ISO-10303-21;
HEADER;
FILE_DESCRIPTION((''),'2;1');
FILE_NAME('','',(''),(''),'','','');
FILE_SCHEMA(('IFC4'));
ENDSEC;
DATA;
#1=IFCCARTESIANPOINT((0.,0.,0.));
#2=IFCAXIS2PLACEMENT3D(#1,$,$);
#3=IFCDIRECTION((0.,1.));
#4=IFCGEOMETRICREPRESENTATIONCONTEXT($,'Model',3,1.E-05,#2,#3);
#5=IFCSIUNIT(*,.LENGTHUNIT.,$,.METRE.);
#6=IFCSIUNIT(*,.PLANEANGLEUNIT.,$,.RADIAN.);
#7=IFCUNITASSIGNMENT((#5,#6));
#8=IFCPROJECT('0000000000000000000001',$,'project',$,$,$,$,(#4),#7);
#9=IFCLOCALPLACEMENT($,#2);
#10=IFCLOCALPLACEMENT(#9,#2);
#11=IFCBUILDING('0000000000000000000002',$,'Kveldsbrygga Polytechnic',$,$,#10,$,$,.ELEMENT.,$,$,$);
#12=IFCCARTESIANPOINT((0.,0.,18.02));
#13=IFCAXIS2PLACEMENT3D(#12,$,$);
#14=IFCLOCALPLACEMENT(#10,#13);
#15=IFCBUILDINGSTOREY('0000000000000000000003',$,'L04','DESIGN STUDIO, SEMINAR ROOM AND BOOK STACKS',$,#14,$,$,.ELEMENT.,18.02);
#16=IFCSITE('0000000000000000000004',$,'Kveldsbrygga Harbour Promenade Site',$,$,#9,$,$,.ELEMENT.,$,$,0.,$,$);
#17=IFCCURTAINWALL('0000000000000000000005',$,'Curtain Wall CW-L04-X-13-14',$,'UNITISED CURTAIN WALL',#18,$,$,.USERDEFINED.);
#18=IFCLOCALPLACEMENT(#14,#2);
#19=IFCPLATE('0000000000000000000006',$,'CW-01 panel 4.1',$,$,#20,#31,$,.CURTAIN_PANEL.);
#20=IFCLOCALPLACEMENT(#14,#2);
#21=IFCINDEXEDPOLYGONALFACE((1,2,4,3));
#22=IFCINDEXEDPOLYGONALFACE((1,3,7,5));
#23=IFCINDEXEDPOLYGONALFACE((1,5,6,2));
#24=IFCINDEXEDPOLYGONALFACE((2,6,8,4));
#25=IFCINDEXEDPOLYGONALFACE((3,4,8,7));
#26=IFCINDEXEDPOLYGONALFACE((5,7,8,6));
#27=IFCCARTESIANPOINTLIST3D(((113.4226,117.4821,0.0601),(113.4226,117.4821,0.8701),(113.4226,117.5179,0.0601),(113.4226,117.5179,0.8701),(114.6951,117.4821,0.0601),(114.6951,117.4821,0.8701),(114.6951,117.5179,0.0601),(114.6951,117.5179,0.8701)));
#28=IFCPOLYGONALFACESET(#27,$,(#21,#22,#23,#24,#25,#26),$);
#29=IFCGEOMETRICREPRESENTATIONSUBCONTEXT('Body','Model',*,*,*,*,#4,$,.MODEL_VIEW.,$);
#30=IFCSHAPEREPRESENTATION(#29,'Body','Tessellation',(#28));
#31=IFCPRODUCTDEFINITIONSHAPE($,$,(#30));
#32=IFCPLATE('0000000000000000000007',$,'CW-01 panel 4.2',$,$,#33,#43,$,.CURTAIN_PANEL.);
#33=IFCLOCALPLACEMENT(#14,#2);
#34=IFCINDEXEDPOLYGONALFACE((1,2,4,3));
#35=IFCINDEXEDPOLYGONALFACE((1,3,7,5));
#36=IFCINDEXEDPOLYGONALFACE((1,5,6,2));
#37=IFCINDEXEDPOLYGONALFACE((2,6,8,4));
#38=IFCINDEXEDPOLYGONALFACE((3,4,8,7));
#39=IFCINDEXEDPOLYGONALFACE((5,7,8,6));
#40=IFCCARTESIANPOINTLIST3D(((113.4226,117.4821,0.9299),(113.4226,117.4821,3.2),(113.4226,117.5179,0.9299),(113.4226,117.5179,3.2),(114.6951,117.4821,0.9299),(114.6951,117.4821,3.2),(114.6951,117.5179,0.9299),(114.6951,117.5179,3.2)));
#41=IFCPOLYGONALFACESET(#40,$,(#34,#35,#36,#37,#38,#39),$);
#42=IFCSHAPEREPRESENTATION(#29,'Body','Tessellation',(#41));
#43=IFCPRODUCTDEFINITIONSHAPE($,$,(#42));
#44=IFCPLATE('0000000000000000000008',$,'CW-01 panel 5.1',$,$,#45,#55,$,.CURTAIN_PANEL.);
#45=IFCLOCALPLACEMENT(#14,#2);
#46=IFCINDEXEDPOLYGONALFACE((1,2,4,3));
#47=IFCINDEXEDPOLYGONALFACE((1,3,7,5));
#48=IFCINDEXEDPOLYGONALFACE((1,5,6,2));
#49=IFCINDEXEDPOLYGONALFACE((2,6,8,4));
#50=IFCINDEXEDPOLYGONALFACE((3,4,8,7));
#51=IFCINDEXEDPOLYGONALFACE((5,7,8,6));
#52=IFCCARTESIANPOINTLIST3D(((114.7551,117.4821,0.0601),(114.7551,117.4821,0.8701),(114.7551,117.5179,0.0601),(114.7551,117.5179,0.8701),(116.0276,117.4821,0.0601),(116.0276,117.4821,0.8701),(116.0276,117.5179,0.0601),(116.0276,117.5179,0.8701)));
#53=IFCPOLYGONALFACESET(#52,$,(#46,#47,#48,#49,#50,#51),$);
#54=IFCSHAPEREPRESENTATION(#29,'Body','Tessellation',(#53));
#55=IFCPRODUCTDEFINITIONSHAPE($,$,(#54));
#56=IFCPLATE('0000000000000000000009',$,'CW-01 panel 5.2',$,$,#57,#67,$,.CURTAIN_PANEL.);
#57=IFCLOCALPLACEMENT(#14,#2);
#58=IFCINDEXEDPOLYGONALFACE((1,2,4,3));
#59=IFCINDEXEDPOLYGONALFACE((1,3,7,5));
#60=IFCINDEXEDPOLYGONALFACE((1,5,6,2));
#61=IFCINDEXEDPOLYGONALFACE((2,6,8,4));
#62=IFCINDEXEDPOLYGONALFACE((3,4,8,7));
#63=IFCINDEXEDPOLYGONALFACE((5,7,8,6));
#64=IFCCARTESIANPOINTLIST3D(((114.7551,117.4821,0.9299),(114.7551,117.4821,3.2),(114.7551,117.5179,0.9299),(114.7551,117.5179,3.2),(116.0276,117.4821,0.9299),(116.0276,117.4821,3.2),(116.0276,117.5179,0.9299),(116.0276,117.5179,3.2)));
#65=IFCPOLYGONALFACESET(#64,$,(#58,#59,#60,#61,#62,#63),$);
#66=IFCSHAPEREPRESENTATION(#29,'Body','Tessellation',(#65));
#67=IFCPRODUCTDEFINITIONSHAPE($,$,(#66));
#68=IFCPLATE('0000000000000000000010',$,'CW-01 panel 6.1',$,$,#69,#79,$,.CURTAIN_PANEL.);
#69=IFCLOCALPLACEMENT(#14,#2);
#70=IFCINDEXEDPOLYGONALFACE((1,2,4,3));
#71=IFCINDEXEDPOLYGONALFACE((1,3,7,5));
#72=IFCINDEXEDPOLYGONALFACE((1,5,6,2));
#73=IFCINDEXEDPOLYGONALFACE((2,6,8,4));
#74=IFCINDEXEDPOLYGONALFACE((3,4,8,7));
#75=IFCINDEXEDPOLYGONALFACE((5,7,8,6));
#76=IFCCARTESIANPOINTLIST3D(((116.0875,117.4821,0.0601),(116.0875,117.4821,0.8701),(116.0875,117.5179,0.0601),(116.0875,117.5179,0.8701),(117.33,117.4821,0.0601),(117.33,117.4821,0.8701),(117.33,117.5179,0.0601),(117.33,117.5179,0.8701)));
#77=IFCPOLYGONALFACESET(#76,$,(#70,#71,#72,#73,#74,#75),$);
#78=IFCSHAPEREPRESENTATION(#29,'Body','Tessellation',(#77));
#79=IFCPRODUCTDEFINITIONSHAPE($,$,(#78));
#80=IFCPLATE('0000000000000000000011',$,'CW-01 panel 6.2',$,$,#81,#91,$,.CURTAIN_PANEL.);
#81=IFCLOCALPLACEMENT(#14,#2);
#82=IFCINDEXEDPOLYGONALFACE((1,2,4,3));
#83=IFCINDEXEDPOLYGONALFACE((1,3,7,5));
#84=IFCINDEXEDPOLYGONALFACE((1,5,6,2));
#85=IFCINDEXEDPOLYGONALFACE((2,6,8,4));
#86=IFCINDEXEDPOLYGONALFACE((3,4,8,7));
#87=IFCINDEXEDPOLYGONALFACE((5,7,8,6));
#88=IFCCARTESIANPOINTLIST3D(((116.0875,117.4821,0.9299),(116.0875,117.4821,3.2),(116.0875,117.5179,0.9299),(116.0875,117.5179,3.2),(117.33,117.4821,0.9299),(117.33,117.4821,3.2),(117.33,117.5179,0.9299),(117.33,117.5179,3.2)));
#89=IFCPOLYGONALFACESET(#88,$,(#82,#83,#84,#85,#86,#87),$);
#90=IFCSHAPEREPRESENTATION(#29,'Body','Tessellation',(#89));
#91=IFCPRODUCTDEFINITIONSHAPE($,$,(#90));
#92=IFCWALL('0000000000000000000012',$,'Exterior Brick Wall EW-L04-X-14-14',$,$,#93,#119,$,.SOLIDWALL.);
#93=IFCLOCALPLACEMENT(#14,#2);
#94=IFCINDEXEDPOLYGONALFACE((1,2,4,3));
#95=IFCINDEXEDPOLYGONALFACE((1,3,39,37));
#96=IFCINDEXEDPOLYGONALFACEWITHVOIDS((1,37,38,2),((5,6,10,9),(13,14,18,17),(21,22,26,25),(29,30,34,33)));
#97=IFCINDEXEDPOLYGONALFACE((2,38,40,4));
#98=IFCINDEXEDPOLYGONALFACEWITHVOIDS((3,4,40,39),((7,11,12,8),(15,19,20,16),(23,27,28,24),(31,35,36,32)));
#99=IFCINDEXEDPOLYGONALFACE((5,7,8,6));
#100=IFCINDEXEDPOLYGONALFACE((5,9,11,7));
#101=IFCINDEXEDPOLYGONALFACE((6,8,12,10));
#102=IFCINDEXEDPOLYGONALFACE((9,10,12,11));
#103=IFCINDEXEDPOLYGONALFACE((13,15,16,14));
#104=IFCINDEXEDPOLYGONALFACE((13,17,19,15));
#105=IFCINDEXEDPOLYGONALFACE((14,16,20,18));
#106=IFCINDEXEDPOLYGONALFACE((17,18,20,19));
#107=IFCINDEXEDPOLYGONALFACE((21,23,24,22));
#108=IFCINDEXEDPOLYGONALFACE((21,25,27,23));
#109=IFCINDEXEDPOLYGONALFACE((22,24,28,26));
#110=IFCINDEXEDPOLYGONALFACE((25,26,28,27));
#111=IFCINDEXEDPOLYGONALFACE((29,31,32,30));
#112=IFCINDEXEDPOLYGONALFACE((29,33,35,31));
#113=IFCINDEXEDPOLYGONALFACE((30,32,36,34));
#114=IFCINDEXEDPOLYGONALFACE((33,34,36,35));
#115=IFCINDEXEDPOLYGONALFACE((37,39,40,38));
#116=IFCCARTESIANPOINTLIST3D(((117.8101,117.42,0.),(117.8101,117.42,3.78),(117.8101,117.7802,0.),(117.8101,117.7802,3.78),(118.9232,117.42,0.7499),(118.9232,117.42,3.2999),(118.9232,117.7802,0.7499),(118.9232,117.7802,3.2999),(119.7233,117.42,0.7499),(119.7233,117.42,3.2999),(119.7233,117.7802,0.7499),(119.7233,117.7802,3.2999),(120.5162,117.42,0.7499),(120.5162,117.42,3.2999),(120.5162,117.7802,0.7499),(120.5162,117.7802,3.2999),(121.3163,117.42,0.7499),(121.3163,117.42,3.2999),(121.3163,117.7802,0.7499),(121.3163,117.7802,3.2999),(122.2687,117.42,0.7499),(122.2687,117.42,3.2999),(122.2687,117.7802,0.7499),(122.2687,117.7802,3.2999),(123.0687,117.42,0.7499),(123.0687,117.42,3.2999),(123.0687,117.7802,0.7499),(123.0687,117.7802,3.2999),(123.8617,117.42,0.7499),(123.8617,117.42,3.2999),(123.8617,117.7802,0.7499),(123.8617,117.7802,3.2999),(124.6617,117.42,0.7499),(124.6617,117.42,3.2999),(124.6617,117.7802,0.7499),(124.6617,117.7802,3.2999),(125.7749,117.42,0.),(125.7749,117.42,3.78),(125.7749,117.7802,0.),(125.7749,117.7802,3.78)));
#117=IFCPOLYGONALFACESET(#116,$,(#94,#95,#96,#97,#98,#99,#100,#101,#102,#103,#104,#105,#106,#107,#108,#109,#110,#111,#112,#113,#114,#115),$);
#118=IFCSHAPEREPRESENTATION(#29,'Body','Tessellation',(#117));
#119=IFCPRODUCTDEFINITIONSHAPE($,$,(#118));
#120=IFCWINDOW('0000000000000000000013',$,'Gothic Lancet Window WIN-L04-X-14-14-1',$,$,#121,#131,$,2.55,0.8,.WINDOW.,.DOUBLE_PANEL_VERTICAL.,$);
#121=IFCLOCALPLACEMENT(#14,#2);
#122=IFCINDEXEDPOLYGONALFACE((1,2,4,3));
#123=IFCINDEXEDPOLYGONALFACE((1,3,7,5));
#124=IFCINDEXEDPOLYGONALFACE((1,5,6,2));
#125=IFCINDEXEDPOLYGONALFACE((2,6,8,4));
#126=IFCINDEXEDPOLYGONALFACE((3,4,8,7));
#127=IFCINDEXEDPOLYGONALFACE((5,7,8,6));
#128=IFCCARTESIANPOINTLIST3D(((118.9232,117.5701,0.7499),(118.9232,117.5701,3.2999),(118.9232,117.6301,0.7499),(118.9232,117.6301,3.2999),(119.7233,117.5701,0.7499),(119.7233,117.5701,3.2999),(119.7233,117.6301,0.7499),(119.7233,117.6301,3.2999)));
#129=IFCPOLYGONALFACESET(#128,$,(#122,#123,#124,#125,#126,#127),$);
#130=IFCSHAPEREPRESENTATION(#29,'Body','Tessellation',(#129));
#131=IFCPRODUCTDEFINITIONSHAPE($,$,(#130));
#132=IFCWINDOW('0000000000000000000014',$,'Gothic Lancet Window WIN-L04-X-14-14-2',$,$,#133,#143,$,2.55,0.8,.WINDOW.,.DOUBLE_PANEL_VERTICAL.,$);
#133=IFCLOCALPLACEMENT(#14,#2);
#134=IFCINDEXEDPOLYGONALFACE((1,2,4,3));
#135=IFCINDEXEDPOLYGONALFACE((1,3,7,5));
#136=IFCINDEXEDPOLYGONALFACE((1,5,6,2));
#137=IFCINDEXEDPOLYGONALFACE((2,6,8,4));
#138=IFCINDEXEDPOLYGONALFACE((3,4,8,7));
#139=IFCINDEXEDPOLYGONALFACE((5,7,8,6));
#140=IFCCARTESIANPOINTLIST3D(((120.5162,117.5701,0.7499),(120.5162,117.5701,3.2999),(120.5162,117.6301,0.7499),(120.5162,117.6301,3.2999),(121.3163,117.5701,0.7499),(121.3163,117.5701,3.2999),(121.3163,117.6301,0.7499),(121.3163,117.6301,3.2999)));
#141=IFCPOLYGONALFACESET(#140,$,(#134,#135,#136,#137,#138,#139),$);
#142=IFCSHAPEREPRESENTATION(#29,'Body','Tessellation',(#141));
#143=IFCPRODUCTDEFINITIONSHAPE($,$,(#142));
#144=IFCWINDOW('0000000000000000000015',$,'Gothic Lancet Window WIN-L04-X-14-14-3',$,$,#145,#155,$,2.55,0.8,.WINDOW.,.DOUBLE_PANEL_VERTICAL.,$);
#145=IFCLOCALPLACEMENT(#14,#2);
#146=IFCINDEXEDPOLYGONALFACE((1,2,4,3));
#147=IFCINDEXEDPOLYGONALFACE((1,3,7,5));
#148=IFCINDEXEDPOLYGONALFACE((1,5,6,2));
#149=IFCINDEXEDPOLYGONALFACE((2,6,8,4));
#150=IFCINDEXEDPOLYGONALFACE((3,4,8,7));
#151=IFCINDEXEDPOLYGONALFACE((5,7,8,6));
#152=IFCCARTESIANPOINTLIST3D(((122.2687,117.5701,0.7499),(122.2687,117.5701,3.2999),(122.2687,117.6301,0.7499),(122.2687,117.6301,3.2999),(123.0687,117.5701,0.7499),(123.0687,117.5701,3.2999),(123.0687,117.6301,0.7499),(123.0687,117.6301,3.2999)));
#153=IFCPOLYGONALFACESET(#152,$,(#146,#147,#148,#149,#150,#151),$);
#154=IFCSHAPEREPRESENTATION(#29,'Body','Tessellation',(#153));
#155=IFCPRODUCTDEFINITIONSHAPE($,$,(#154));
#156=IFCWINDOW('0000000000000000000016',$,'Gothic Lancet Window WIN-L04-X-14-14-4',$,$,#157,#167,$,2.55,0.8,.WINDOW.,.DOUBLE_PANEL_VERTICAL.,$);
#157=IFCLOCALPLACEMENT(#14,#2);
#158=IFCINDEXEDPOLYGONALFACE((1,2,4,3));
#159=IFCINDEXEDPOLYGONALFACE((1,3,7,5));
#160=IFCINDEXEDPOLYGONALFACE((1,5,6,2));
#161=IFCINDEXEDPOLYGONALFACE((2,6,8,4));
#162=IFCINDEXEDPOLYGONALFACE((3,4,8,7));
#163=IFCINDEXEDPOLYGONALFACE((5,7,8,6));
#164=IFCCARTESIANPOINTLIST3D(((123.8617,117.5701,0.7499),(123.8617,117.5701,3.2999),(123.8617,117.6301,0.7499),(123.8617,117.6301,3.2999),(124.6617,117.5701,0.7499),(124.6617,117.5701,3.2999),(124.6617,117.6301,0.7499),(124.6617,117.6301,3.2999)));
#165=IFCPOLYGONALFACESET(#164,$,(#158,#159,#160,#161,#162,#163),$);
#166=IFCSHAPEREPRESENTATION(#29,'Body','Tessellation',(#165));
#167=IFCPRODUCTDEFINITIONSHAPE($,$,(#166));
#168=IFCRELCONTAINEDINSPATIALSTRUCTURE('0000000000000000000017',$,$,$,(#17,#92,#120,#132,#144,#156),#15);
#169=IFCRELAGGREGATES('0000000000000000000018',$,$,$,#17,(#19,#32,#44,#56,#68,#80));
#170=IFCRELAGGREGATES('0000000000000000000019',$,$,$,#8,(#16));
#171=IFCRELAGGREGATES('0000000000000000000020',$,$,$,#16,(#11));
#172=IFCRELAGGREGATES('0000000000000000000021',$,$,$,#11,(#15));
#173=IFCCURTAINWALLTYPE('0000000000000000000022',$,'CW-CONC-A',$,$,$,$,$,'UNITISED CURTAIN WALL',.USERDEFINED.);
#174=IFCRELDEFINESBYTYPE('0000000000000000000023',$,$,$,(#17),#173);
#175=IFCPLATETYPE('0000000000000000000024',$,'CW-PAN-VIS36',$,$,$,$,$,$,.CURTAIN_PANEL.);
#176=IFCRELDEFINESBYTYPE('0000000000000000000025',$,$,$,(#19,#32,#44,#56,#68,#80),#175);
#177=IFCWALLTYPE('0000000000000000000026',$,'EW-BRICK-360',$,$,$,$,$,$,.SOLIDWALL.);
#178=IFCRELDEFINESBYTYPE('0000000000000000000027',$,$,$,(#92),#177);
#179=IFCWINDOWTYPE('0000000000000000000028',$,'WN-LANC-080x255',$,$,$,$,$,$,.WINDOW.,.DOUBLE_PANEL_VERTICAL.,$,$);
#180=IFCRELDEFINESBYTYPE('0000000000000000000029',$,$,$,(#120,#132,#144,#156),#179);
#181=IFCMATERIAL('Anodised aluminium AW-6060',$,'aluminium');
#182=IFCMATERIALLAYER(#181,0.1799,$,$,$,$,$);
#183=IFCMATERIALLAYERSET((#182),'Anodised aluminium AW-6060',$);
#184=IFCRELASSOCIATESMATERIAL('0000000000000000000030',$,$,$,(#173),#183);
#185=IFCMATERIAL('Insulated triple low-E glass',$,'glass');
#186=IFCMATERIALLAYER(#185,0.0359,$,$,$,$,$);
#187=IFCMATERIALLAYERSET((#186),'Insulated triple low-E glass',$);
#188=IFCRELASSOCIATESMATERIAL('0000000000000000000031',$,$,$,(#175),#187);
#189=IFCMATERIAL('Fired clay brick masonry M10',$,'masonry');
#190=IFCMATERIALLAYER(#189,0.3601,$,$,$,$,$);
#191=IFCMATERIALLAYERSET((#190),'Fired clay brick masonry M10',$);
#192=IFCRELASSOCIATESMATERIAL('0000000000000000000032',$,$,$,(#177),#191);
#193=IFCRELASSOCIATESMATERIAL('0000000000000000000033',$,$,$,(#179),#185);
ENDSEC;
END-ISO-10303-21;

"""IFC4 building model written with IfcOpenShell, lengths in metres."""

from ifc_helpers import new_model, si_unit, direction, frame, frame_2d, origin, origin_2d, place, context, subcontext, project, spatial, rectangle, extrude, material, layer, layer_set, type_object, element, fill, aggregate, save


model = new_model("IFC4")

# Units and contexts
model_context = context("Model", 3, precision=1e-05, world=origin(), true_north=direction((0.0, 1.0)))
body_context = subcontext(model_context, "Body", "Model", "MODEL_VIEW")
ifc_project = project(units=[si_unit("LENGTHUNIT", "METRE"), si_unit("PLANEANGLEUNIT", "RADIAN")], contexts=[model_context])

# Site, building, storey
site_placement = place(None, origin())
site = spatial("IfcSite", under=ifc_project, at=site_placement, Name="Kveldsbrygga Harbour Promenade Site", CompositionType="ELEMENT", RefElevation=0.0)
building_placement = place(site_placement, origin())
building = spatial("IfcBuilding", under=site, at=building_placement, Name="Kveldsbrygga Polytechnic", CompositionType="ELEMENT")
storey_placement = place(building_placement, frame((0.0, 0.0, 18.02)))
storey = spatial("IfcBuildingStorey", under=building, at=storey_placement, Name="L04", Description="DESIGN STUDIO, SEMINAR ROOM AND BOOK STACKS", CompositionType="ELEMENT", Elevation=18.02)

# Curtain wall, plates
ifc_material_1 = material(Name="Anodised aluminium AW-6060", Category="aluminium")
ifc_layer_1 = layer(ifc_material_1, 0.1799)
ifc_layer_set_1 = layer_set([ifc_layer_1], Name="Anodised aluminium AW-6060")
curtain_wall_type = type_object("IfcCurtainWallType", Name="CW-CONC-A", ElementType="UNITISED CURTAIN WALL", PredefinedType="USERDEFINED", material=ifc_layer_set_1)
curtain_wall_placement = place(storey_placement, origin())
curtain_wall = element("IfcCurtainWall", 1, at=curtain_wall_placement, inside=storey, type_object=curtain_wall_type, Name="Curtain Wall CW-L04-X-13-14", ObjectType="UNITISED CURTAIN WALL", PredefinedType="USERDEFINED")
ifc_material_2 = material(Name="Insulated triple low-E glass", Category="glass")
ifc_layer_2 = layer(ifc_material_2, 0.0359)
ifc_layer_set_2 = layer_set([ifc_layer_2], Name="Insulated triple low-E glass")
plate_type = type_object("IfcPlateType", Name="CW-PAN-VIS36", PredefinedType="CURTAIN_PANEL", material=ifc_layer_set_2)
plate_1_placement = place(storey_placement, frame((114.0588, 117.5, 0.0601), z_axis=(0.0, 0.0, 1.0), x_axis=(1.0, 0.0, 0.0)))
plate_1 = element("IfcPlate", 2, at=plate_1_placement, type_object=plate_type, Name="CW-01 panel 4.1", PredefinedType="CURTAIN_PANEL", context=body_context, shape_type="SweptSolid", body=[
    extrude(rectangle(XDim=1.2725, YDim=0.0359, at=origin_2d()), origin(), (0.0, 0.0, 1.0), 0.8101),
])
plate_2_placement = place(storey_placement, frame((114.0588, 117.5, 0.9299), z_axis=(0.0, 0.0, 1.0), x_axis=(1.0, 0.0, 0.0)))
plate_2 = element("IfcPlate", 3, at=plate_2_placement, type_object=plate_type, Name="CW-01 panel 4.2", PredefinedType="CURTAIN_PANEL", context=body_context, shape_type="SweptSolid", body=[
    extrude(rectangle(XDim=1.2725, YDim=0.0359, at=origin_2d()), origin(), (0.0, 0.0, 1.0), 2.27),
])
plate_3_placement = place(storey_placement, frame((115.3914, 117.5, 0.0601), z_axis=(0.0, 0.0, 1.0), x_axis=(1.0, 0.0, 0.0)))
plate_3 = element("IfcPlate", 4, at=plate_3_placement, type_object=plate_type, Name="CW-01 panel 5.1", PredefinedType="CURTAIN_PANEL", context=body_context, shape_type="SweptSolid", body=[
    extrude(rectangle(XDim=1.2725, YDim=0.0359, at=origin_2d()), origin(), (0.0, 0.0, 1.0), 0.8101),
])
plate_4_placement = place(storey_placement, frame((115.3914, 117.5, 0.9299), z_axis=(0.0, 0.0, 1.0), x_axis=(1.0, 0.0, 0.0)))
plate_4 = element("IfcPlate", 5, at=plate_4_placement, type_object=plate_type, Name="CW-01 panel 5.2", PredefinedType="CURTAIN_PANEL", context=body_context, shape_type="SweptSolid", body=[
    extrude(rectangle(XDim=1.2725, YDim=0.0359, at=origin_2d()), origin(), (0.0, 0.0, 1.0), 2.27),
])
plate_5_placement = place(storey_placement, frame((116.7087, 117.5, 0.0601), z_axis=(0.0, 0.0, 1.0), x_axis=(1.0, 0.0, 0.0)))
plate_5 = element("IfcPlate", 6, at=plate_5_placement, type_object=plate_type, Name="CW-01 panel 6.1", PredefinedType="CURTAIN_PANEL", context=body_context, shape_type="SweptSolid", body=[
    extrude(rectangle(XDim=1.2424, YDim=0.0359, at=origin_2d()), origin(), (0.0, 0.0, 1.0), 0.8101),
])
plate_6_placement = place(storey_placement, frame((116.7087, 117.5, 0.9299), z_axis=(0.0, 0.0, 1.0), x_axis=(1.0, 0.0, 0.0)))
plate_6 = element("IfcPlate", 7, at=plate_6_placement, type_object=plate_type, Name="CW-01 panel 6.2", PredefinedType="CURTAIN_PANEL", context=body_context, shape_type="SweptSolid", body=[
    extrude(rectangle(XDim=1.2424, YDim=0.0359, at=origin_2d()), origin(), (0.0, 0.0, 1.0), 2.27),
])
aggregate(curtain_wall, [plate_1, plate_2, plate_3, plate_4, plate_5, plate_6])

# Wall, openings, windows
ifc_material_3 = material(Name="Fired clay brick masonry M10", Category="masonry")
ifc_layer_3 = layer(ifc_material_3, 0.3601)
ifc_layer_set_3 = layer_set([ifc_layer_3], Name="Fired clay brick masonry M10")
wall_type = type_object("IfcWallType", Name="EW-BRICK-360", PredefinedType="SOLIDWALL", material=ifc_layer_set_3)
wall_placement = place(storey_placement, frame((117.8101, 117.6001, 0.0), z_axis=(0.0, 0.0, 1.0), x_axis=(1.0, 0.0, 0.0)))
wall = element("IfcWall", 8, at=wall_placement, inside=storey, type_object=wall_type, Name="Exterior Brick Wall EW-L04-X-14-14", PredefinedType="SOLIDWALL", context=body_context, shape_type="SweptSolid", body=[
    extrude(rectangle(XDim=7.9648, YDim=0.3601, at=frame_2d((3.9824, 0.0))), origin(), (0.0, 0.0, 1.0), 3.78),
])
opening_1_placement = place(wall_placement, frame((1.1133, 0.0, 0.75)))
opening_1 = element("IfcOpeningElement", 9, at=opening_1_placement, cuts=wall, PredefinedType="OPENING", context=body_context, shape_type="SweptSolid", body=[
    extrude(rectangle(XDim=0.8, YDim=2.55, at=frame_2d((0.3999, 1.2749))), frame((0.0, 0.1899, 0.0), z_axis=(0.0, -1.0, 0.0), x_axis=(1.0, 0.0, 0.0)), (0.0, 0.0, 1.0), 0.3801),
])
opening_2_placement = place(wall_placement, frame((2.7063, 0.0, 0.75)))
opening_2 = element("IfcOpeningElement", 10, at=opening_2_placement, cuts=wall, PredefinedType="OPENING", context=body_context, shape_type="SweptSolid", body=[
    extrude(rectangle(XDim=0.8, YDim=2.55, at=frame_2d((0.3999, 1.2749))), frame((0.0, 0.1899, 0.0), z_axis=(0.0, -1.0, 0.0), x_axis=(1.0, 0.0, 0.0)), (0.0, 0.0, 1.0), 0.3801),
])
opening_3_placement = place(wall_placement, frame((4.4587, 0.0, 0.75)))
opening_3 = element("IfcOpeningElement", 11, at=opening_3_placement, cuts=wall, PredefinedType="OPENING", context=body_context, shape_type="SweptSolid", body=[
    extrude(rectangle(XDim=0.8, YDim=2.55, at=frame_2d((0.3999, 1.2749))), frame((0.0, 0.1899, 0.0), z_axis=(0.0, -1.0, 0.0), x_axis=(1.0, 0.0, 0.0)), (0.0, 0.0, 1.0), 0.3801),
])
opening_4_placement = place(wall_placement, frame((6.0518, 0.0, 0.75)))
opening_4 = element("IfcOpeningElement", 12, at=opening_4_placement, cuts=wall, PredefinedType="OPENING", context=body_context, shape_type="SweptSolid", body=[
    extrude(rectangle(XDim=0.8, YDim=2.55, at=frame_2d((0.3999, 1.2749))), frame((0.0, 0.1899, 0.0), z_axis=(0.0, -1.0, 0.0), x_axis=(1.0, 0.0, 0.0)), (0.0, 0.0, 1.0), 0.3801),
])
window_type = type_object("IfcWindowType", Name="WN-LANC-080x255", PartitioningType="DOUBLE_PANEL_VERTICAL", PredefinedType="WINDOW", material=ifc_material_2)
window_1_placement = place(opening_1_placement, origin())
window_1 = element("IfcWindow", 13, at=window_1_placement, inside=storey, type_object=window_type, Name="Gothic Lancet Window WIN-L04-X-14-14-1", OverallHeight=2.55, OverallWidth=0.8, PartitioningType="DOUBLE_PANEL_VERTICAL", PredefinedType="WINDOW", context=body_context, shape_type="SweptSolid", body=[
    extrude(rectangle(XDim=0.8, YDim=2.55, at=frame_2d((0.3999, 1.2749))), frame((0.0, 0.03, 0.0), z_axis=(0.0, -1.0, 0.0), x_axis=(1.0, 0.0, 0.0)), (0.0, 0.0, 1.0), 0.0601),
])
fill(opening_1, window_1)
window_2_placement = place(opening_2_placement, origin())
window_2 = element("IfcWindow", 14, at=window_2_placement, inside=storey, type_object=window_type, Name="Gothic Lancet Window WIN-L04-X-14-14-2", OverallHeight=2.55, OverallWidth=0.8, PartitioningType="DOUBLE_PANEL_VERTICAL", PredefinedType="WINDOW", context=body_context, shape_type="SweptSolid", body=[
    extrude(rectangle(XDim=0.8, YDim=2.55, at=frame_2d((0.3999, 1.2749))), frame((0.0, 0.03, 0.0), z_axis=(0.0, -1.0, 0.0), x_axis=(1.0, 0.0, 0.0)), (0.0, 0.0, 1.0), 0.0601),
])
fill(opening_2, window_2)
window_3_placement = place(opening_3_placement, origin())
window_3 = element("IfcWindow", 15, at=window_3_placement, inside=storey, type_object=window_type, Name="Gothic Lancet Window WIN-L04-X-14-14-3", OverallHeight=2.55, OverallWidth=0.8, PartitioningType="DOUBLE_PANEL_VERTICAL", PredefinedType="WINDOW", context=body_context, shape_type="SweptSolid", body=[
    extrude(rectangle(XDim=0.8, YDim=2.55, at=frame_2d((0.3999, 1.2749))), frame((0.0, 0.03, 0.0), z_axis=(0.0, -1.0, 0.0), x_axis=(1.0, 0.0, 0.0)), (0.0, 0.0, 1.0), 0.0601),
])
fill(opening_3, window_3)
window_4_placement = place(opening_4_placement, origin())
window_4 = element("IfcWindow", 16, at=window_4_placement, inside=storey, type_object=window_type, Name="Gothic Lancet Window WIN-L04-X-14-14-4", OverallHeight=2.55, OverallWidth=0.8, PartitioningType="DOUBLE_PANEL_VERTICAL", PredefinedType="WINDOW", context=body_context, shape_type="SweptSolid", body=[
    extrude(rectangle(XDim=0.8, YDim=2.55, at=frame_2d((0.3999, 1.2749))), frame((0.0, 0.03, 0.0), z_axis=(0.0, -1.0, 0.0), x_axis=(1.0, 0.0, 0.0)), (0.0, 0.0, 1.0), 0.0601),
])
fill(opening_4, window_4)

save(model, "model.ifc")
